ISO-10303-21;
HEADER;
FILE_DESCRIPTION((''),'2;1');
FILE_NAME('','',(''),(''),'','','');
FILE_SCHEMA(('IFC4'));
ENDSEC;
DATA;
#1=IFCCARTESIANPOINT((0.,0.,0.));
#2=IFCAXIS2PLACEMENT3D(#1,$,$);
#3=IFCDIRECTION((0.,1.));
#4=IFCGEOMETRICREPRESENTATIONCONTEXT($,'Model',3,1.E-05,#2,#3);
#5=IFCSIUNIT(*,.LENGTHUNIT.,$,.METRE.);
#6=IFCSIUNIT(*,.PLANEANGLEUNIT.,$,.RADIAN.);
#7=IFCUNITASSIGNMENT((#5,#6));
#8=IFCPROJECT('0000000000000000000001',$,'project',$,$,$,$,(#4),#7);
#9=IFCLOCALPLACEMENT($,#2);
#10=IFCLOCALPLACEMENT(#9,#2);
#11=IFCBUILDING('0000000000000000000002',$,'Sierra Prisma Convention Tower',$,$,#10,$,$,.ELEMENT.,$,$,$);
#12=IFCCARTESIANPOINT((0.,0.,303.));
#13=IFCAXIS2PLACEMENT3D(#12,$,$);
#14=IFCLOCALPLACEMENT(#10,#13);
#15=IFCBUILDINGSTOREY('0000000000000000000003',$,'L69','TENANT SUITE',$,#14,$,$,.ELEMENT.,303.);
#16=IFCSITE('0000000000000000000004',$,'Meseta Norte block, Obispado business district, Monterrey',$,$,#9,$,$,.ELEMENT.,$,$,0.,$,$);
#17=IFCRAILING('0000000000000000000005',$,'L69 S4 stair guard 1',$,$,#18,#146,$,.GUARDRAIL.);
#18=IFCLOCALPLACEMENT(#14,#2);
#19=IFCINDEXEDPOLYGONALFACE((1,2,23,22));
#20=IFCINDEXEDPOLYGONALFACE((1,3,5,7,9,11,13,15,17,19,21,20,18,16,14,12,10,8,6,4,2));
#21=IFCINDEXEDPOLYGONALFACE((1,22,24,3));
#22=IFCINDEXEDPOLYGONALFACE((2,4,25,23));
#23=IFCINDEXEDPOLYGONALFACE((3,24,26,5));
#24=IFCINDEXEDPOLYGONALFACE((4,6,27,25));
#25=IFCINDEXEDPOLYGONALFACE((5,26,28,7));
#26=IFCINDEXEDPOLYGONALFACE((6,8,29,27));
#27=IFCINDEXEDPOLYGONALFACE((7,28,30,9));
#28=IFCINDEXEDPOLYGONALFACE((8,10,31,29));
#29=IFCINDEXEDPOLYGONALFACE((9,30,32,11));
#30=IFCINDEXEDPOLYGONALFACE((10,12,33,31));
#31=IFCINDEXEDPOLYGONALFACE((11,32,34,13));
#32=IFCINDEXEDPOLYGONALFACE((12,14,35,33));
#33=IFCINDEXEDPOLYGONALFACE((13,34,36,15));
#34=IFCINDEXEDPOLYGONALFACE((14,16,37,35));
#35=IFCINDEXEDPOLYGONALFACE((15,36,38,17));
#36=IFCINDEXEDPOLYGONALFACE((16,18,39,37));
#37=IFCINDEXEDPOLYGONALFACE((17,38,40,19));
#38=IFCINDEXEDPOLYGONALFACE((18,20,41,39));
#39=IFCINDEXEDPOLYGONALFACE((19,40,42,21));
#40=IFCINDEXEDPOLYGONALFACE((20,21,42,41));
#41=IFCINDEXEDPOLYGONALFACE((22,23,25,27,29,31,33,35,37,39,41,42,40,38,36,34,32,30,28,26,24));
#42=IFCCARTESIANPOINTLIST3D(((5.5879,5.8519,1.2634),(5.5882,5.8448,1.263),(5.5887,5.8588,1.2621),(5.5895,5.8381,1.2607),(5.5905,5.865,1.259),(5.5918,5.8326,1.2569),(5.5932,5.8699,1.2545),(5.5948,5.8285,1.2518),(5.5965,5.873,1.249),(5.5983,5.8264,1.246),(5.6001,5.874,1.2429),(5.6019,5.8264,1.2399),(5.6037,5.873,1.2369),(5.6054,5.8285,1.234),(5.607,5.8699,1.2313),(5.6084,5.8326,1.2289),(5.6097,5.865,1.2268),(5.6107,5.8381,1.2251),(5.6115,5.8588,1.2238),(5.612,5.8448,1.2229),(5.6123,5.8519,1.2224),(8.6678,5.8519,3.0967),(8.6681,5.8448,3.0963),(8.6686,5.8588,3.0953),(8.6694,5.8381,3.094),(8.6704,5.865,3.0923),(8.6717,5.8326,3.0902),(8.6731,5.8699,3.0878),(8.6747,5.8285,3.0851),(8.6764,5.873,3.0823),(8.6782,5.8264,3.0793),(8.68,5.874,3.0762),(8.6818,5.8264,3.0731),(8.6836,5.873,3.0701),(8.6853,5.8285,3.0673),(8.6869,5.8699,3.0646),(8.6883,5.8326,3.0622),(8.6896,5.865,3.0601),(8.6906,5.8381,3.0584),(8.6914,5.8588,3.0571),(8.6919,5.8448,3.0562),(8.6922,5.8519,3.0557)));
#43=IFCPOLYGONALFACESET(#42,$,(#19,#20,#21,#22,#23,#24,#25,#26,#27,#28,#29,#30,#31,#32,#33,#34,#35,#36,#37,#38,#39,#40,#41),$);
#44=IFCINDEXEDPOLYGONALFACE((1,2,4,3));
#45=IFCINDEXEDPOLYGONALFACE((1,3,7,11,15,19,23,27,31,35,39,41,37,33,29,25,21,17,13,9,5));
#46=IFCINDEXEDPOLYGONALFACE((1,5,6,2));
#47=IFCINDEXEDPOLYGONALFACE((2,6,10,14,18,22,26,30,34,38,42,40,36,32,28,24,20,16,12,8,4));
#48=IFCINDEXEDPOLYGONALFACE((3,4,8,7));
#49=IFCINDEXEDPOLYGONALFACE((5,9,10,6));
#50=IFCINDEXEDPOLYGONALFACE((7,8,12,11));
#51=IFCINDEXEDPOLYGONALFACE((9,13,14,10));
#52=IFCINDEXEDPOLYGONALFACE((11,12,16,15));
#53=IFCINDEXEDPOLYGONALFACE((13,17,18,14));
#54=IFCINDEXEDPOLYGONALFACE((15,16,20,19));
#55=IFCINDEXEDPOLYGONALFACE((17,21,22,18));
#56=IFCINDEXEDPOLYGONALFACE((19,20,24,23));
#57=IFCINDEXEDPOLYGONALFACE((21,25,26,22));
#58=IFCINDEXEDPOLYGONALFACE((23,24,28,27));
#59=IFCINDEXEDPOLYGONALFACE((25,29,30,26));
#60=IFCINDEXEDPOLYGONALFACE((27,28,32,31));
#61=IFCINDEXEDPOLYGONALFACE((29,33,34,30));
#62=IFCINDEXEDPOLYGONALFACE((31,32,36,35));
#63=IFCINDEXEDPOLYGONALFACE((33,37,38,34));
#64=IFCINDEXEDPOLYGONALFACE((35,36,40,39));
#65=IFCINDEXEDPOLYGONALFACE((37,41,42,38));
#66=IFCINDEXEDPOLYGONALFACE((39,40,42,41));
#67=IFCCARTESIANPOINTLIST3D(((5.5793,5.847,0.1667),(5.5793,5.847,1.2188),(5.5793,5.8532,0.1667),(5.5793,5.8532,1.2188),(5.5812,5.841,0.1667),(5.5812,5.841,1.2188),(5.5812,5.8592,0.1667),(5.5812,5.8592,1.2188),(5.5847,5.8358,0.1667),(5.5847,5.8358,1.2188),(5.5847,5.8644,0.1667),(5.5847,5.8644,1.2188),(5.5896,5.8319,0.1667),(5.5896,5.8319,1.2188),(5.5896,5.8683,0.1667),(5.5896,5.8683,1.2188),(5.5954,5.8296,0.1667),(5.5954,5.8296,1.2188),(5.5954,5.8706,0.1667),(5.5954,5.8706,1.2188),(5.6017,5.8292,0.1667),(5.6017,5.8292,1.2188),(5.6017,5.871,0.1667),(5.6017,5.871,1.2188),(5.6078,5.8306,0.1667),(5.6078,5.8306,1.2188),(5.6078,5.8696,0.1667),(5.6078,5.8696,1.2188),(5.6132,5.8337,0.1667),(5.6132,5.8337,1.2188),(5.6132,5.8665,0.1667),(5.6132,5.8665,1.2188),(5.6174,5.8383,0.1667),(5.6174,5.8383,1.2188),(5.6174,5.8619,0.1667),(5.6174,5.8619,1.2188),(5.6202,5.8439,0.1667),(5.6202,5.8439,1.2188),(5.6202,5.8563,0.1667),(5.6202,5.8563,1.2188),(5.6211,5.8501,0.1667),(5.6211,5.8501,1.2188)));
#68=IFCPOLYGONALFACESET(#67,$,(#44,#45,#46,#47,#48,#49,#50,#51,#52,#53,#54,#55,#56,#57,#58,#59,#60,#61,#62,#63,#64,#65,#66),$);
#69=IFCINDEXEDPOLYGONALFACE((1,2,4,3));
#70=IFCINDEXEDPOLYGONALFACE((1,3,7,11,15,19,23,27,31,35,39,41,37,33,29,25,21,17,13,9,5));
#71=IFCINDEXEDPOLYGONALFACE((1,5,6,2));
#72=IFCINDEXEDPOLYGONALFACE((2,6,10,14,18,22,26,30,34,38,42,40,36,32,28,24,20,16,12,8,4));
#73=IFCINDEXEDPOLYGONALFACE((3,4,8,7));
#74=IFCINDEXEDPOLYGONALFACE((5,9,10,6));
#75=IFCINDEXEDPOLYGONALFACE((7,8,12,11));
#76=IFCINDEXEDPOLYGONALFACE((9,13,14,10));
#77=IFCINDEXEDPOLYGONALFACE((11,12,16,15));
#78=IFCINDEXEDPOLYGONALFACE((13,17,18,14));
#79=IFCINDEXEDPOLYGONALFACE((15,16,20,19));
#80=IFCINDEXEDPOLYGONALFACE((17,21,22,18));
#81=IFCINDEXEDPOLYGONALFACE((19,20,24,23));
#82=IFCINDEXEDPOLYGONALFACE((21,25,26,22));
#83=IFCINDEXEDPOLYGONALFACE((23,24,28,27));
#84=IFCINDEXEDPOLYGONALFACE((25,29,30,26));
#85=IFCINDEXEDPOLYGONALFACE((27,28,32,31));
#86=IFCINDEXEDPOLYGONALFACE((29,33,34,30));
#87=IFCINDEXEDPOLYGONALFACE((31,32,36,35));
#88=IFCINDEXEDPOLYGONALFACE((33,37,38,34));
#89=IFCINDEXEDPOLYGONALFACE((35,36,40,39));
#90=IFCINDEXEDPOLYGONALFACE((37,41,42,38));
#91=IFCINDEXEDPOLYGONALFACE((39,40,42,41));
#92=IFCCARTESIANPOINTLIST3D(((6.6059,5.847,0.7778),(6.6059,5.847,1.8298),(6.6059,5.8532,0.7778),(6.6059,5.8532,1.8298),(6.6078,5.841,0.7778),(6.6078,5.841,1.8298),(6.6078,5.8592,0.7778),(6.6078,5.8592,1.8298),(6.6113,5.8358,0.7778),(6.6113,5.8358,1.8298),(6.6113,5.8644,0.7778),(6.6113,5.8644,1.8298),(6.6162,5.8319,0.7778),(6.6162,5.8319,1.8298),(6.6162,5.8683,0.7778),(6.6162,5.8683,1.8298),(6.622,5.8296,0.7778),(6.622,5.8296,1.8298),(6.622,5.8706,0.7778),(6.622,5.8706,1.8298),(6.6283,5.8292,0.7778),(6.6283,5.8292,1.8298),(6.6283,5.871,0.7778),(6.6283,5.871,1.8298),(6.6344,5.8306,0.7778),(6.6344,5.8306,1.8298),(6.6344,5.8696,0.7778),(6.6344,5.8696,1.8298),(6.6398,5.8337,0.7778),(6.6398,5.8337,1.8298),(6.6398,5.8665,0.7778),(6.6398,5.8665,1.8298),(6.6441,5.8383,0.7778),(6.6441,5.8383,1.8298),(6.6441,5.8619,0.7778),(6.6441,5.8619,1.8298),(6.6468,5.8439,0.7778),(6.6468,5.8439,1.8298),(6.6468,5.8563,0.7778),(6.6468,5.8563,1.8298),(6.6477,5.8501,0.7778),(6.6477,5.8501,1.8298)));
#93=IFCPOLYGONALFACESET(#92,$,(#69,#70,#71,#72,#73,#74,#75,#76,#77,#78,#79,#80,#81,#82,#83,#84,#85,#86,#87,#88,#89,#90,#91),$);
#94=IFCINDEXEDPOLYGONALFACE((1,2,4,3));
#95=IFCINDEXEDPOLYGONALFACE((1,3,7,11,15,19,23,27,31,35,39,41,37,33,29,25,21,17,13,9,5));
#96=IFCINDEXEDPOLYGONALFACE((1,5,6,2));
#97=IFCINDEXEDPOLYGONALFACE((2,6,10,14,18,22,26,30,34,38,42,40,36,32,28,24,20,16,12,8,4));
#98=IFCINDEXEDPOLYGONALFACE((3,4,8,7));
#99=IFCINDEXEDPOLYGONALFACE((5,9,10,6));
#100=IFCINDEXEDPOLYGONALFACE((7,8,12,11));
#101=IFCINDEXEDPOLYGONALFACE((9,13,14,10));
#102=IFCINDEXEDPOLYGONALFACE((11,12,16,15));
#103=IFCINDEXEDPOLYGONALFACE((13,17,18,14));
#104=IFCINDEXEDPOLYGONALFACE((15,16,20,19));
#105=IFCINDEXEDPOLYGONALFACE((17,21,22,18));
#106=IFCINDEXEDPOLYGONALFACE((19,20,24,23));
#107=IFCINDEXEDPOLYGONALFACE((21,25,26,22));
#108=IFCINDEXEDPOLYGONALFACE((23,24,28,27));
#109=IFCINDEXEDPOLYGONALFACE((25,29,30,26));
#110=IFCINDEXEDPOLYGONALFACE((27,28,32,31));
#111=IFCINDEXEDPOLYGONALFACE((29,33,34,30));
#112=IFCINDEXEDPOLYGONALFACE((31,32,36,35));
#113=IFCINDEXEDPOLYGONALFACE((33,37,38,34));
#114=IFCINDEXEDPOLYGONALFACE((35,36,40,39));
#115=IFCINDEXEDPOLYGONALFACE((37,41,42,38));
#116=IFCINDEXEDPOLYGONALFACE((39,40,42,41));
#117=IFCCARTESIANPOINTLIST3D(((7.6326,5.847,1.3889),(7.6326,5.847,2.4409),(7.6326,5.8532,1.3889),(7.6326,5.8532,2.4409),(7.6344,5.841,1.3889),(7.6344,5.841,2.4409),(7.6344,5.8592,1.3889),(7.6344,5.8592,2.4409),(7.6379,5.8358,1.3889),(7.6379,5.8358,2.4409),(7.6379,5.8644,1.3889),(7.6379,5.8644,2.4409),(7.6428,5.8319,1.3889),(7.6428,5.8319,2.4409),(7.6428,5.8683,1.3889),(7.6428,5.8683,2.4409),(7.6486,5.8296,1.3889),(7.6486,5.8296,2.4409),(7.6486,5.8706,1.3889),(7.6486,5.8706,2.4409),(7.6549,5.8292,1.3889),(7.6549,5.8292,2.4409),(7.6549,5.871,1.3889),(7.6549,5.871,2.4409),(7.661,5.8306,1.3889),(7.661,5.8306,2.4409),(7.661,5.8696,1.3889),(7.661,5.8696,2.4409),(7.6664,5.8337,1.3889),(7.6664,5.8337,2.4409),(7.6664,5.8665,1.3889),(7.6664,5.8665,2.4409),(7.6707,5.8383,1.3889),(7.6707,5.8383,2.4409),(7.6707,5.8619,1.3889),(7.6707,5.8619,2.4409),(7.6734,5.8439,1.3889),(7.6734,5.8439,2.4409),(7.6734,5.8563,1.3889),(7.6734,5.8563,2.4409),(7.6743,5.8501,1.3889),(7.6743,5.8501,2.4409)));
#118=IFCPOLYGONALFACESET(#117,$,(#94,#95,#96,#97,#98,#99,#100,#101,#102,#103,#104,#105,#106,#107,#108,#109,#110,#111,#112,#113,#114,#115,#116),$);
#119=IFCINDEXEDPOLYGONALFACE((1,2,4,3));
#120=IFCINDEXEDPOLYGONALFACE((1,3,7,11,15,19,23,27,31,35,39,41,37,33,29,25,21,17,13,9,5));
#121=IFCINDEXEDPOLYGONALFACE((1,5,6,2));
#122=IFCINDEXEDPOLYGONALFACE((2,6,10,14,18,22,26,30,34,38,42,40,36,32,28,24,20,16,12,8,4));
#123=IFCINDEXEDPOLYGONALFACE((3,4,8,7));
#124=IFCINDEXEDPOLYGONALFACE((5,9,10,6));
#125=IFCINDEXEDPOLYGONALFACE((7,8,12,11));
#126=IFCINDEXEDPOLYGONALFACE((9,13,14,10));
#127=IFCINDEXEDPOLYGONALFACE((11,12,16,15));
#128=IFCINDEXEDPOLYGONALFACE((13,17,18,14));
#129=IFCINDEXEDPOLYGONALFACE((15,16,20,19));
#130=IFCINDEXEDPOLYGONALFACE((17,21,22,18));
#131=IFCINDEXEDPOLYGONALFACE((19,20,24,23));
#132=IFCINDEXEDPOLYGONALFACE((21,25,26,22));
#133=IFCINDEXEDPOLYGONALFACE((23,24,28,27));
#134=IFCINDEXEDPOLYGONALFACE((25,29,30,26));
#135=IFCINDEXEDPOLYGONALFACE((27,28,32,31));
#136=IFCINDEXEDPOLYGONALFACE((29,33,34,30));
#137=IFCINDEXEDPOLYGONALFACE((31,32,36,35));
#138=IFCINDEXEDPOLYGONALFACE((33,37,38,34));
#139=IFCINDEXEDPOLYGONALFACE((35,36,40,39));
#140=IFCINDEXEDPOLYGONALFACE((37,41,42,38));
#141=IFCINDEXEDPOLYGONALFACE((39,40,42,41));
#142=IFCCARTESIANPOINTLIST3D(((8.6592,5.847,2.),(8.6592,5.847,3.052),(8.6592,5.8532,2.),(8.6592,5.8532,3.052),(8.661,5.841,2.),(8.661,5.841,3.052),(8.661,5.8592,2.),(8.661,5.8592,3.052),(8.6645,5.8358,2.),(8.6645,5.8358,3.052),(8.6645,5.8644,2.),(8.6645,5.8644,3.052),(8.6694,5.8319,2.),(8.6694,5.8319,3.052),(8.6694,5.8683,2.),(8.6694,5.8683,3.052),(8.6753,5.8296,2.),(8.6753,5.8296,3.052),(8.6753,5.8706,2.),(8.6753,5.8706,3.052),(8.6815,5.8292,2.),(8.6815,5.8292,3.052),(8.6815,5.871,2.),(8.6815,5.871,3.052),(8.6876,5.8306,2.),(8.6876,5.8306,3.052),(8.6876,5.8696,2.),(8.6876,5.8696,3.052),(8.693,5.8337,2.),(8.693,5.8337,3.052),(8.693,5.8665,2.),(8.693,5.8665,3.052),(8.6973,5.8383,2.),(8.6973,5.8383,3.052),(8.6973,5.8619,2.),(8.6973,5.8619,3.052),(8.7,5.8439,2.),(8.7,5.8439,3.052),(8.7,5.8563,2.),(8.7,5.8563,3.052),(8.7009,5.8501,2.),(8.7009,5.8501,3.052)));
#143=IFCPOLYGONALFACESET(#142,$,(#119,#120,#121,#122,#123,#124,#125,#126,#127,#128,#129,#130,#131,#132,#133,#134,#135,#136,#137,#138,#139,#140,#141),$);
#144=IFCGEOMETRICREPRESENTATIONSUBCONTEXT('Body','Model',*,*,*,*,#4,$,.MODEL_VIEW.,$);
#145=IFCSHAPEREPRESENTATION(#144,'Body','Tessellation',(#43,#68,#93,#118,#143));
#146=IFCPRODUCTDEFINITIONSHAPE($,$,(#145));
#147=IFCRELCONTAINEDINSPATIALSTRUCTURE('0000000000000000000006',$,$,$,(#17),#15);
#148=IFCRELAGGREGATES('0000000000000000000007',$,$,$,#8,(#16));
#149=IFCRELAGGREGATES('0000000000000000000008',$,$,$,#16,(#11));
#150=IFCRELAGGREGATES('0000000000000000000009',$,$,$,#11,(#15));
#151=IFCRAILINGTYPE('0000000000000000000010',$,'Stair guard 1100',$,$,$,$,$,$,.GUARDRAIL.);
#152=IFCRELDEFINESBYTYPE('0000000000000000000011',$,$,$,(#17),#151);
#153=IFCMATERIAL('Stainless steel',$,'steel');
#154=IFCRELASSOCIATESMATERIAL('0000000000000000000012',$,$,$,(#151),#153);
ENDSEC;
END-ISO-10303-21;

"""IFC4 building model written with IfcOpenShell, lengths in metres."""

from ifc_helpers import new_model, si_unit, direction, frame, origin, origin_2d, place, context, subcontext, project, spatial, circle, extrude, material, type_object, element, save


model = new_model("IFC4")

# Units and contexts
model_context = context("Model", 3, precision=1e-05, world=origin(), true_north=direction((0.0, 1.0)))
body_context = subcontext(model_context, "Body", "Model", "MODEL_VIEW")
ifc_project = project(units=[si_unit("LENGTHUNIT", "METRE"), si_unit("PLANEANGLEUNIT", "RADIAN")], contexts=[model_context])

# Site, building, storey
site_placement = place(None, origin())
site = spatial("IfcSite", under=ifc_project, at=site_placement, Name="Meseta Norte block, Obispado business district, Monterrey", CompositionType="ELEMENT", RefElevation=0.0)
building_placement = place(site_placement, origin())
building = spatial("IfcBuilding", under=site, at=building_placement, Name="Sierra Prisma Convention Tower", CompositionType="ELEMENT")
storey_placement = place(building_placement, frame((0.0, 0.0, 303.0)))
storey = spatial("IfcBuildingStorey", under=building, at=storey_placement, Name="L69", Description="TENANT SUITE", CompositionType="ELEMENT", Elevation=303.0)

# Railing
ifc_material_1 = material(Name="Stainless steel", Category="steel")
railing_type_1 = type_object("IfcRailingType", Name="Stair guard 1100", PredefinedType="GUARDRAIL", material=ifc_material_1)
railing_1_placement = place(storey_placement, frame((5.6001, 5.8501, 0.1667)))
element("IfcRailing", 1, at=railing_1_placement, inside=storey, type_object=railing_type_1, Name="L69 S4 stair guard 1", PredefinedType="GUARDRAIL", context=body_context, shape_type="SweptSolid", body=[
    extrude(circle(Radius=0.0239, at=origin_2d()), frame((0.0, 0.0, 1.0762), z_axis=(0.859291, 0.0, 0.511487), x_axis=(0.0, 1.0, 0.0)), (0.0, 0.0, 1.0), 3.5842),
    extrude(circle(Radius=0.021, at=origin_2d()), origin(), (0.0, 0.0, 1.0), 1.052),
    extrude(circle(Radius=0.021, at=origin_2d()), frame((1.0266, 0.0, 0.6111)), (0.0, 0.0, 1.0), 1.052),
    extrude(circle(Radius=0.021, at=origin_2d()), frame((2.0532, 0.0, 1.2222)), (0.0, 0.0, 1.0), 1.052),
    extrude(circle(Radius=0.021, at=origin_2d()), frame((3.0798, 0.0, 1.8333)), (0.0, 0.0, 1.0), 1.052),
])

save(model, "model.ifc")
